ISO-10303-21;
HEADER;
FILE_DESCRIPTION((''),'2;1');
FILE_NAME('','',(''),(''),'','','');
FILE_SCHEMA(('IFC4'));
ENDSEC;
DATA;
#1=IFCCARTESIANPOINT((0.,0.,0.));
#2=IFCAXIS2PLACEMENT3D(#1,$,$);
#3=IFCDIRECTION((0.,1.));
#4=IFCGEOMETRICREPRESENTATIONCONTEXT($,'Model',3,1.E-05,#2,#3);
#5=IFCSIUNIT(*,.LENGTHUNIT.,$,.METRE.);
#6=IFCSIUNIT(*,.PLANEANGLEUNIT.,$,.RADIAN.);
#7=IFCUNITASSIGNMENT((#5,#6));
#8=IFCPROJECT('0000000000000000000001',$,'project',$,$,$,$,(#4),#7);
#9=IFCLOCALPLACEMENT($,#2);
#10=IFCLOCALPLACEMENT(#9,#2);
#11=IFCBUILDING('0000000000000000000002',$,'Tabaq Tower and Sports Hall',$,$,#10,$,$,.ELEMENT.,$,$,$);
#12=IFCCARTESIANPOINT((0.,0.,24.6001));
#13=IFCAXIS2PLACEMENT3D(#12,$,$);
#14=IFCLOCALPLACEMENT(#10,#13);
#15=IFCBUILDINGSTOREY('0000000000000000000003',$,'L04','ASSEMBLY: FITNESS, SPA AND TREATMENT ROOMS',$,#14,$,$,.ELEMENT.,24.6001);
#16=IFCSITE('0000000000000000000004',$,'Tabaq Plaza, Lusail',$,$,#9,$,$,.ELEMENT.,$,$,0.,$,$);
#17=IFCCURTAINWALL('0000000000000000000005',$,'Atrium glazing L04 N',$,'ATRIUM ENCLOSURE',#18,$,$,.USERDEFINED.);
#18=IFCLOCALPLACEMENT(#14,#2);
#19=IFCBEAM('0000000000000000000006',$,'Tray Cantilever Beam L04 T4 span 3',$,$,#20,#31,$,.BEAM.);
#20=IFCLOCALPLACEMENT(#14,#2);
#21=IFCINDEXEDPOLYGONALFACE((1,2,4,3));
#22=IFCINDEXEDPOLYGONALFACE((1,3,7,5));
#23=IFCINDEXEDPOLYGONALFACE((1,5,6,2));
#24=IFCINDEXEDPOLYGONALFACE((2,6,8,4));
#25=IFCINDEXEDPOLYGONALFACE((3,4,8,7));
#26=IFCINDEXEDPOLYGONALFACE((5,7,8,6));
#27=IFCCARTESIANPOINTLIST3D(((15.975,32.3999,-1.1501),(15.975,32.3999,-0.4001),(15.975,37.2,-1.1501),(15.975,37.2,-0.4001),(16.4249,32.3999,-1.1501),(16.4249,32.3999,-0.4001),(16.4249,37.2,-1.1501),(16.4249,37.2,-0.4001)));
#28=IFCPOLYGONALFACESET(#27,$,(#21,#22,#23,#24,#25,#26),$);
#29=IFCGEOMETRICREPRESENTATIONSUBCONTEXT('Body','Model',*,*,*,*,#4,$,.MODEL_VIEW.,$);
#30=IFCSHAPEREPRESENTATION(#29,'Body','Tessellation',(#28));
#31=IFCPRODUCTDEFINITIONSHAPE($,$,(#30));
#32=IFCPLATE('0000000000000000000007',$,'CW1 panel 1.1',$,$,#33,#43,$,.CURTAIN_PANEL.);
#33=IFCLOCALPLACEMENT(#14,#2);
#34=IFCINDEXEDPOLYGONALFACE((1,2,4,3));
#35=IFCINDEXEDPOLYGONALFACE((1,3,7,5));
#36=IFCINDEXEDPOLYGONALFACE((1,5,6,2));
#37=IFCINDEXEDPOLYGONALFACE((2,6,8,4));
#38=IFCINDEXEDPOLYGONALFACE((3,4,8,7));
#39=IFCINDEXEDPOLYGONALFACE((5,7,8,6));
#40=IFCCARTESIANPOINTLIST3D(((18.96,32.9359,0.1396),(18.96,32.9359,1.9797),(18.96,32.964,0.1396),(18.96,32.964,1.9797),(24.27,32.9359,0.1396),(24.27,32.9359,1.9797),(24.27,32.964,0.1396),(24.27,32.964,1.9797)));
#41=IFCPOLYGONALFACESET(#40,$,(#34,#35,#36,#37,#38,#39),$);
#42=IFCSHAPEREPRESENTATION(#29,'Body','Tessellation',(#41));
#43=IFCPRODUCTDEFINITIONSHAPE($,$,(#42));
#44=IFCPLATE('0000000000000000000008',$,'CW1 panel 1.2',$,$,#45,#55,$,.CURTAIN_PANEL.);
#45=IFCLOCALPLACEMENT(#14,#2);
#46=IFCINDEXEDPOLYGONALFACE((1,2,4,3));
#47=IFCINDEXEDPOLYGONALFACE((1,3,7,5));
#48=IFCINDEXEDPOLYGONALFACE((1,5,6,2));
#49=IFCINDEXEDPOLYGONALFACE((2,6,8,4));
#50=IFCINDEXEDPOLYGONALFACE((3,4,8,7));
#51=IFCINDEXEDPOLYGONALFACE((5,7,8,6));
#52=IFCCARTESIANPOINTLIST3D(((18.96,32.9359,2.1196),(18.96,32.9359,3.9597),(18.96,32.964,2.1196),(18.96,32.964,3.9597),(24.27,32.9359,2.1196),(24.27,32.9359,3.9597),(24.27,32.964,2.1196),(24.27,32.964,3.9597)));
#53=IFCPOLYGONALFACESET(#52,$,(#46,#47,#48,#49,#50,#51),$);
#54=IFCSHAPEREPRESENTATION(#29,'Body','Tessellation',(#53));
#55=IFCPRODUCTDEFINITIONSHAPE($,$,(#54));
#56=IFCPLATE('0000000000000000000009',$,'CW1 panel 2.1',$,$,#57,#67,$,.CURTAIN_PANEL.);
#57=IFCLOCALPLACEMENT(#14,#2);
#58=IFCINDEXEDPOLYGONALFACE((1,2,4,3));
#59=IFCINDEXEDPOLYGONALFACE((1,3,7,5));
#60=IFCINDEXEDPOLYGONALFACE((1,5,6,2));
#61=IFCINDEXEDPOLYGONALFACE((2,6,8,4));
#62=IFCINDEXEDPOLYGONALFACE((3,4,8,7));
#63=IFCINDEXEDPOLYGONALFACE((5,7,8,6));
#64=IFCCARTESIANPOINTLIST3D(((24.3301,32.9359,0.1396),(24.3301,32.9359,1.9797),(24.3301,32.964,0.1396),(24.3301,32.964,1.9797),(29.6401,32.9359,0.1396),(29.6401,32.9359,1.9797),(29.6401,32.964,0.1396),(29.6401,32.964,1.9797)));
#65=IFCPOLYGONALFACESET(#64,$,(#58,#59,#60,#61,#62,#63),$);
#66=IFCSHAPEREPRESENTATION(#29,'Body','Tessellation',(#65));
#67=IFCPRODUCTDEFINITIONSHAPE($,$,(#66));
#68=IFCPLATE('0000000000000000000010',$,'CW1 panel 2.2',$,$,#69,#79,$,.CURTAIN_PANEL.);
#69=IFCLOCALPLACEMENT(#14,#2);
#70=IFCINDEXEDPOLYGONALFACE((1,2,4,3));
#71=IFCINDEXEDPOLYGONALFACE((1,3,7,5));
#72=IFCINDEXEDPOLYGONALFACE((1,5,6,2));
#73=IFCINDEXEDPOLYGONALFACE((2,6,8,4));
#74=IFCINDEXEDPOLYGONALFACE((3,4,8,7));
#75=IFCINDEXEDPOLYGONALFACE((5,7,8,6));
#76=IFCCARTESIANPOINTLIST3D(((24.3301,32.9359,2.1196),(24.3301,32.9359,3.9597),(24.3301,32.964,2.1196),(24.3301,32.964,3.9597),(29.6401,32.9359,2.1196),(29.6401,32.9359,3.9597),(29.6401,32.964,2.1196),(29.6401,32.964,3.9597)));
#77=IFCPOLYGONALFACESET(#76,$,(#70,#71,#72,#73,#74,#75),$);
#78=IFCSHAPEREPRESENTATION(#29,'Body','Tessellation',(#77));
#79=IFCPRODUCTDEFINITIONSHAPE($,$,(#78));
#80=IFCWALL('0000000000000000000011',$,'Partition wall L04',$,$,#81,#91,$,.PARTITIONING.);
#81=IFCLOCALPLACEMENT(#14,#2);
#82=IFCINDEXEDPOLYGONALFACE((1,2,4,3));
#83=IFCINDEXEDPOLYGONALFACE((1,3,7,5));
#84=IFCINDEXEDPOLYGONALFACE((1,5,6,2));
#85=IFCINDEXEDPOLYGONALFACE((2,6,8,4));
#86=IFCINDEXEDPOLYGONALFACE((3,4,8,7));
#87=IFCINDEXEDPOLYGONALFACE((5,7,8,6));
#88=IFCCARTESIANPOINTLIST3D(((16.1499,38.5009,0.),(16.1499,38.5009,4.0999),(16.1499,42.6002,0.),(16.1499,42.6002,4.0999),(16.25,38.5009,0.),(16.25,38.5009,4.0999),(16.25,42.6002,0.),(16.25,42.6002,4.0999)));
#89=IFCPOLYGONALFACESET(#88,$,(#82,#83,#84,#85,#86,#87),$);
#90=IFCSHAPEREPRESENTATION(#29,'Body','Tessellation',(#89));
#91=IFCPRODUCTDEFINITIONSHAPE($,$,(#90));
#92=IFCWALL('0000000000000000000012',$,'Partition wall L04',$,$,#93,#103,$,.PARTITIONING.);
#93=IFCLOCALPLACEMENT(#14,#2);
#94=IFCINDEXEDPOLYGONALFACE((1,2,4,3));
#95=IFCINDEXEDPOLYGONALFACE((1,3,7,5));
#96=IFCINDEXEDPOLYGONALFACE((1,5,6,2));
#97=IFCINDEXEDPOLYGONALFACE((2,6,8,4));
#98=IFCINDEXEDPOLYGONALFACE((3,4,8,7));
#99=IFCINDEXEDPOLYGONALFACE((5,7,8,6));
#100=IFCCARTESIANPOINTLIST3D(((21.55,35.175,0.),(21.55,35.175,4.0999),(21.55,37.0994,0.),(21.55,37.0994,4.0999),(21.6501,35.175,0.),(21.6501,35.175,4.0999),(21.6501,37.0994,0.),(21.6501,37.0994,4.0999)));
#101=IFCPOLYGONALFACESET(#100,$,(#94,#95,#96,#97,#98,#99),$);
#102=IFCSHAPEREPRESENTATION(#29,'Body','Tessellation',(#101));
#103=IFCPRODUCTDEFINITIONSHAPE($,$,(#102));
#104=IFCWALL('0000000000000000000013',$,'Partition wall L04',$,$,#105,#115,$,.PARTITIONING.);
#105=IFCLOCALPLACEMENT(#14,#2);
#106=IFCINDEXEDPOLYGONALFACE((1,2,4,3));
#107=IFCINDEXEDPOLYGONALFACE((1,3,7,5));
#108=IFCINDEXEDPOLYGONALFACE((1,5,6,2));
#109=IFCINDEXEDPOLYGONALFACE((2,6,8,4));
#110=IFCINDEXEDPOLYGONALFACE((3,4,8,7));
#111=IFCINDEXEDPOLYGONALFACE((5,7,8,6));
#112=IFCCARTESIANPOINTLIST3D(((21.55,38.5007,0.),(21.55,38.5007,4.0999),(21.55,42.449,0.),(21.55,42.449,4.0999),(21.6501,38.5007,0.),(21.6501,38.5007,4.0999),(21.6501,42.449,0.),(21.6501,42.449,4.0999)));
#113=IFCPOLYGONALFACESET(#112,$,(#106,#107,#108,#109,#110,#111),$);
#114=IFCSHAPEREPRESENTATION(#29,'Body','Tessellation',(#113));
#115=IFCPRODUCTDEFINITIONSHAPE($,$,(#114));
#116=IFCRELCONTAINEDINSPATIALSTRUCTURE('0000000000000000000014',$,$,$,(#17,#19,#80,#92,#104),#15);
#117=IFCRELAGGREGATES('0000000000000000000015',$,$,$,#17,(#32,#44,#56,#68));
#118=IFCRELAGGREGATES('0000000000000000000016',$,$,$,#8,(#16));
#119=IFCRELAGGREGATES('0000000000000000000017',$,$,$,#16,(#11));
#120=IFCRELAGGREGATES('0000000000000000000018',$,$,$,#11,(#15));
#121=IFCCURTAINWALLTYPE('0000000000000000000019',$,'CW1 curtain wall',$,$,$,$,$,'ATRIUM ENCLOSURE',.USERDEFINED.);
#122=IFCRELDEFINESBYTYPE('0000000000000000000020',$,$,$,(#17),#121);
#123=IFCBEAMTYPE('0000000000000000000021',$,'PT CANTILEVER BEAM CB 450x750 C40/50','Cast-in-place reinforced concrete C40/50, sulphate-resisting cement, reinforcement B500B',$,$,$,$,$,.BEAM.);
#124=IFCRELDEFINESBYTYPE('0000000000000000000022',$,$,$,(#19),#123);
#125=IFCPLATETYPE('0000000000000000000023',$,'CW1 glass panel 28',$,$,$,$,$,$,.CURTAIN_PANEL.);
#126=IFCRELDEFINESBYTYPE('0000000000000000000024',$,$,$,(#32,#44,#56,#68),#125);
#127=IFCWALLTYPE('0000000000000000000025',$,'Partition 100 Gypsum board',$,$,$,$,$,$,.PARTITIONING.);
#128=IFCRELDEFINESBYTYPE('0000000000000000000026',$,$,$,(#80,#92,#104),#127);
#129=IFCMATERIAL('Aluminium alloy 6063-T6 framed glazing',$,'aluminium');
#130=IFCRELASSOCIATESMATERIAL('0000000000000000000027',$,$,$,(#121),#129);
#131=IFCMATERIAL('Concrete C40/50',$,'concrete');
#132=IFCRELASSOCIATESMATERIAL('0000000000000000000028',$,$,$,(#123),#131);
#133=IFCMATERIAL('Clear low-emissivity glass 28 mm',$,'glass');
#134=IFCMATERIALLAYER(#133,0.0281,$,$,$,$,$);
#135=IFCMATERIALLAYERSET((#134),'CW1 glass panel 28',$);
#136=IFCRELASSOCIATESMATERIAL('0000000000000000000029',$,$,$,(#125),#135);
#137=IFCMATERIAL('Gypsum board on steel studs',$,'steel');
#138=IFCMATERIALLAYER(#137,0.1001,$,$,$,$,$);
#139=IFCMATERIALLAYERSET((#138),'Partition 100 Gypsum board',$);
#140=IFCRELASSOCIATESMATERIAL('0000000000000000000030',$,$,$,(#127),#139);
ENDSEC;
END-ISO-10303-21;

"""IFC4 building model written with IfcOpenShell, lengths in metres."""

from ifc_helpers import new_model, si_unit, direction, frame, frame_2d, origin, origin_2d, place, context, subcontext, project, spatial, rectangle, extrude, material, layer, layer_set, material_profile, profile_set, type_object, element, aggregate, save


model = new_model("IFC4")

# Units and contexts
model_context = context("Model", 3, precision=1e-05, world=origin(), true_north=direction((0.0, 1.0)))
body_context = subcontext(model_context, "Body", "Model", "MODEL_VIEW")
ifc_project = project(units=[si_unit("LENGTHUNIT", "METRE"), si_unit("PLANEANGLEUNIT", "RADIAN")], contexts=[model_context])

# Site, building, storey
site_placement = place(None, origin())
site = spatial("IfcSite", under=ifc_project, at=site_placement, Name="Tabaq Plaza, Lusail", CompositionType="ELEMENT", RefElevation=0.0)
building_placement = place(site_placement, origin())
building = spatial("IfcBuilding", under=site, at=building_placement, Name="Tabaq Tower and Sports Hall", CompositionType="ELEMENT")
storey_placement = place(building_placement, frame((0.0, 0.0, 24.6001)))
storey = spatial("IfcBuildingStorey", under=building, at=storey_placement, Name="L04", Description="ASSEMBLY: FITNESS, SPA AND TREATMENT ROOMS", CompositionType="ELEMENT", Elevation=24.6001)

# Curtain wall
ifc_material_1 = material(Name="Aluminium alloy 6063-T6 framed glazing", Category="aluminium")
curtain_wall_type_1 = type_object("IfcCurtainWallType", Name="CW1 curtain wall", ElementType="ATRIUM ENCLOSURE", PredefinedType="USERDEFINED", material=ifc_material_1)
curtain_wall_1_placement = place(storey_placement, origin())
curtain_wall_1 = element("IfcCurtainWall", 1, at=curtain_wall_1_placement, inside=storey, type_object=curtain_wall_type_1, Name="Atrium glazing L04 N", ObjectType="ATRIUM ENCLOSURE", PredefinedType="USERDEFINED")

# Beam
ifc_material_2 = material(Name="Concrete C40/50", Category="concrete")
ifc_material_profile_1 = material_profile(ifc_material_2, rectangle(XDim=0.45, YDim=0.75, at=origin_2d()), Name="CB 450x750")
ifc_profile_set_1 = profile_set([ifc_material_profile_1], Name="Concrete C40/50")
beam_type = type_object("IfcBeamType", Name="PT CANTILEVER BEAM CB 450x750 C40/50", Description="Cast-in-place reinforced concrete C40/50, sulphate-resisting cement, reinforcement B500B", PredefinedType="BEAM", material=ifc_profile_set_1)
for number, where, z_axis, x_axis, name in (
    (2, (16.2, 37.2, -0.7751), (0.0, -1.0, 0.0), (1.0, 0.0, 0.0), "Tray Cantilever Beam L04 T4 span 3"),
):
    element("IfcBeam", number, at=place(storey_placement, frame(where, z_axis=z_axis, x_axis=x_axis)), inside=storey, type_object=beam_type, Name=name, PredefinedType="BEAM", context=body_context, shape_type="SweptSolid", body=[
        extrude(rectangle(XDim=0.45, YDim=0.75, at=origin_2d()), origin(), (0.0, 0.0, 1.0), 4.8),
    ])

# Plates
ifc_material_3 = material(Name="Clear low-emissivity glass 28 mm", Category="glass")
ifc_layer_1 = layer(ifc_material_3, 0.0281)
ifc_layer_set_1 = layer_set([ifc_layer_1], Name="CW1 glass panel 28")
plate_type = type_object("IfcPlateType", Name="CW1 glass panel 28", PredefinedType="CURTAIN_PANEL", material=ifc_layer_set_1)
plate_1_placement = place(storey_placement, frame((21.615, 32.95, 0.1396), z_axis=(0.0, 0.0, 1.0), x_axis=(1.0, 0.0, 0.0)))
plate_1 = element("IfcPlate", 3, at=plate_1_placement, type_object=plate_type, Name="CW1 panel 1.1", PredefinedType="CURTAIN_PANEL", context=body_context, shape_type="SweptSolid", body=[
    extrude(rectangle(XDim=5.3101, YDim=0.0281, at=origin_2d()), origin(), (0.0, 0.0, 1.0), 1.8401),
])
plate_2_placement = place(storey_placement, frame((21.615, 32.95, 2.1196), z_axis=(0.0, 0.0, 1.0), x_axis=(1.0, 0.0, 0.0)))
plate_2 = element("IfcPlate", 4, at=plate_2_placement, type_object=plate_type, Name="CW1 panel 1.2", PredefinedType="CURTAIN_PANEL", context=body_context, shape_type="SweptSolid", body=[
    extrude(rectangle(XDim=5.3101, YDim=0.0281, at=origin_2d()), origin(), (0.0, 0.0, 1.0), 1.8401),
])
plate_3_placement = place(storey_placement, frame((26.9851, 32.95, 0.1396), z_axis=(0.0, 0.0, 1.0), x_axis=(1.0, 0.0, 0.0)))
plate_3 = element("IfcPlate", 5, at=plate_3_placement, type_object=plate_type, Name="CW1 panel 2.1", PredefinedType="CURTAIN_PANEL", context=body_context, shape_type="SweptSolid", body=[
    extrude(rectangle(XDim=5.3101, YDim=0.0281, at=origin_2d()), origin(), (0.0, 0.0, 1.0), 1.8401),
])
plate_4_placement = place(storey_placement, frame((26.9851, 32.95, 2.1196), z_axis=(0.0, 0.0, 1.0), x_axis=(1.0, 0.0, 0.0)))
plate_4 = element("IfcPlate", 6, at=plate_4_placement, type_object=plate_type, Name="CW1 panel 2.2", PredefinedType="CURTAIN_PANEL", context=body_context, shape_type="SweptSolid", body=[
    extrude(rectangle(XDim=5.3101, YDim=0.0281, at=origin_2d()), origin(), (0.0, 0.0, 1.0), 1.8401),
])
aggregate(curtain_wall_1, [plate_1, plate_2, plate_3, plate_4])

# Walls
ifc_material_4 = material(Name="Gypsum board on steel studs", Category="steel")
ifc_layer_2 = layer(ifc_material_4, 0.1001)
ifc_layer_set_2 = layer_set([ifc_layer_2], Name="Partition 100 Gypsum board")
wall_type = type_object("IfcWallType", Name="Partition 100 Gypsum board", PredefinedType="PARTITIONING", material=ifc_layer_set_2)
wall_1_placement = place(storey_placement, frame((16.2, 38.5007, 0.0), z_axis=(0.0, 0.0, 1.0), x_axis=(0.0, 1.0, 0.0)))
element("IfcWall", 7, at=wall_1_placement, inside=storey, type_object=wall_type, Name="Partition wall L04", PredefinedType="PARTITIONING", context=body_context, shape_type="SweptSolid", body=[
    extrude(rectangle(XDim=4.0994, YDim=0.1001, at=frame_2d((2.0498, 0.0))), origin(), (0.0, 0.0, 1.0), 4.0999),
])
wall_2_placement = place(storey_placement, frame((21.6001, 35.175, 0.0), z_axis=(0.0, 0.0, 1.0), x_axis=(0.0, 1.0, 0.0)))
element("IfcWall", 8, at=wall_2_placement, inside=storey, type_object=wall_type, Name="Partition wall L04", PredefinedType="PARTITIONING", context=body_context, shape_type="SweptSolid", body=[
    extrude(rectangle(XDim=1.9243, YDim=0.1001, at=frame_2d((0.9622, 0.0))), origin(), (0.0, 0.0, 1.0), 4.0999),
])
wall_3_placement = place(storey_placement, frame((21.6001, 38.5007, 0.0), z_axis=(0.0, 0.0, 1.0), x_axis=(0.0, 1.0, 0.0)))
element("IfcWall", 9, at=wall_3_placement, inside=storey, type_object=wall_type, Name="Partition wall L04", PredefinedType="PARTITIONING", context=body_context, shape_type="SweptSolid", body=[
    extrude(rectangle(XDim=3.9482, YDim=0.1001, at=frame_2d((1.9741, 0.0))), origin(), (0.0, 0.0, 1.0), 4.0999),
])

save(model, "model.ifc")
